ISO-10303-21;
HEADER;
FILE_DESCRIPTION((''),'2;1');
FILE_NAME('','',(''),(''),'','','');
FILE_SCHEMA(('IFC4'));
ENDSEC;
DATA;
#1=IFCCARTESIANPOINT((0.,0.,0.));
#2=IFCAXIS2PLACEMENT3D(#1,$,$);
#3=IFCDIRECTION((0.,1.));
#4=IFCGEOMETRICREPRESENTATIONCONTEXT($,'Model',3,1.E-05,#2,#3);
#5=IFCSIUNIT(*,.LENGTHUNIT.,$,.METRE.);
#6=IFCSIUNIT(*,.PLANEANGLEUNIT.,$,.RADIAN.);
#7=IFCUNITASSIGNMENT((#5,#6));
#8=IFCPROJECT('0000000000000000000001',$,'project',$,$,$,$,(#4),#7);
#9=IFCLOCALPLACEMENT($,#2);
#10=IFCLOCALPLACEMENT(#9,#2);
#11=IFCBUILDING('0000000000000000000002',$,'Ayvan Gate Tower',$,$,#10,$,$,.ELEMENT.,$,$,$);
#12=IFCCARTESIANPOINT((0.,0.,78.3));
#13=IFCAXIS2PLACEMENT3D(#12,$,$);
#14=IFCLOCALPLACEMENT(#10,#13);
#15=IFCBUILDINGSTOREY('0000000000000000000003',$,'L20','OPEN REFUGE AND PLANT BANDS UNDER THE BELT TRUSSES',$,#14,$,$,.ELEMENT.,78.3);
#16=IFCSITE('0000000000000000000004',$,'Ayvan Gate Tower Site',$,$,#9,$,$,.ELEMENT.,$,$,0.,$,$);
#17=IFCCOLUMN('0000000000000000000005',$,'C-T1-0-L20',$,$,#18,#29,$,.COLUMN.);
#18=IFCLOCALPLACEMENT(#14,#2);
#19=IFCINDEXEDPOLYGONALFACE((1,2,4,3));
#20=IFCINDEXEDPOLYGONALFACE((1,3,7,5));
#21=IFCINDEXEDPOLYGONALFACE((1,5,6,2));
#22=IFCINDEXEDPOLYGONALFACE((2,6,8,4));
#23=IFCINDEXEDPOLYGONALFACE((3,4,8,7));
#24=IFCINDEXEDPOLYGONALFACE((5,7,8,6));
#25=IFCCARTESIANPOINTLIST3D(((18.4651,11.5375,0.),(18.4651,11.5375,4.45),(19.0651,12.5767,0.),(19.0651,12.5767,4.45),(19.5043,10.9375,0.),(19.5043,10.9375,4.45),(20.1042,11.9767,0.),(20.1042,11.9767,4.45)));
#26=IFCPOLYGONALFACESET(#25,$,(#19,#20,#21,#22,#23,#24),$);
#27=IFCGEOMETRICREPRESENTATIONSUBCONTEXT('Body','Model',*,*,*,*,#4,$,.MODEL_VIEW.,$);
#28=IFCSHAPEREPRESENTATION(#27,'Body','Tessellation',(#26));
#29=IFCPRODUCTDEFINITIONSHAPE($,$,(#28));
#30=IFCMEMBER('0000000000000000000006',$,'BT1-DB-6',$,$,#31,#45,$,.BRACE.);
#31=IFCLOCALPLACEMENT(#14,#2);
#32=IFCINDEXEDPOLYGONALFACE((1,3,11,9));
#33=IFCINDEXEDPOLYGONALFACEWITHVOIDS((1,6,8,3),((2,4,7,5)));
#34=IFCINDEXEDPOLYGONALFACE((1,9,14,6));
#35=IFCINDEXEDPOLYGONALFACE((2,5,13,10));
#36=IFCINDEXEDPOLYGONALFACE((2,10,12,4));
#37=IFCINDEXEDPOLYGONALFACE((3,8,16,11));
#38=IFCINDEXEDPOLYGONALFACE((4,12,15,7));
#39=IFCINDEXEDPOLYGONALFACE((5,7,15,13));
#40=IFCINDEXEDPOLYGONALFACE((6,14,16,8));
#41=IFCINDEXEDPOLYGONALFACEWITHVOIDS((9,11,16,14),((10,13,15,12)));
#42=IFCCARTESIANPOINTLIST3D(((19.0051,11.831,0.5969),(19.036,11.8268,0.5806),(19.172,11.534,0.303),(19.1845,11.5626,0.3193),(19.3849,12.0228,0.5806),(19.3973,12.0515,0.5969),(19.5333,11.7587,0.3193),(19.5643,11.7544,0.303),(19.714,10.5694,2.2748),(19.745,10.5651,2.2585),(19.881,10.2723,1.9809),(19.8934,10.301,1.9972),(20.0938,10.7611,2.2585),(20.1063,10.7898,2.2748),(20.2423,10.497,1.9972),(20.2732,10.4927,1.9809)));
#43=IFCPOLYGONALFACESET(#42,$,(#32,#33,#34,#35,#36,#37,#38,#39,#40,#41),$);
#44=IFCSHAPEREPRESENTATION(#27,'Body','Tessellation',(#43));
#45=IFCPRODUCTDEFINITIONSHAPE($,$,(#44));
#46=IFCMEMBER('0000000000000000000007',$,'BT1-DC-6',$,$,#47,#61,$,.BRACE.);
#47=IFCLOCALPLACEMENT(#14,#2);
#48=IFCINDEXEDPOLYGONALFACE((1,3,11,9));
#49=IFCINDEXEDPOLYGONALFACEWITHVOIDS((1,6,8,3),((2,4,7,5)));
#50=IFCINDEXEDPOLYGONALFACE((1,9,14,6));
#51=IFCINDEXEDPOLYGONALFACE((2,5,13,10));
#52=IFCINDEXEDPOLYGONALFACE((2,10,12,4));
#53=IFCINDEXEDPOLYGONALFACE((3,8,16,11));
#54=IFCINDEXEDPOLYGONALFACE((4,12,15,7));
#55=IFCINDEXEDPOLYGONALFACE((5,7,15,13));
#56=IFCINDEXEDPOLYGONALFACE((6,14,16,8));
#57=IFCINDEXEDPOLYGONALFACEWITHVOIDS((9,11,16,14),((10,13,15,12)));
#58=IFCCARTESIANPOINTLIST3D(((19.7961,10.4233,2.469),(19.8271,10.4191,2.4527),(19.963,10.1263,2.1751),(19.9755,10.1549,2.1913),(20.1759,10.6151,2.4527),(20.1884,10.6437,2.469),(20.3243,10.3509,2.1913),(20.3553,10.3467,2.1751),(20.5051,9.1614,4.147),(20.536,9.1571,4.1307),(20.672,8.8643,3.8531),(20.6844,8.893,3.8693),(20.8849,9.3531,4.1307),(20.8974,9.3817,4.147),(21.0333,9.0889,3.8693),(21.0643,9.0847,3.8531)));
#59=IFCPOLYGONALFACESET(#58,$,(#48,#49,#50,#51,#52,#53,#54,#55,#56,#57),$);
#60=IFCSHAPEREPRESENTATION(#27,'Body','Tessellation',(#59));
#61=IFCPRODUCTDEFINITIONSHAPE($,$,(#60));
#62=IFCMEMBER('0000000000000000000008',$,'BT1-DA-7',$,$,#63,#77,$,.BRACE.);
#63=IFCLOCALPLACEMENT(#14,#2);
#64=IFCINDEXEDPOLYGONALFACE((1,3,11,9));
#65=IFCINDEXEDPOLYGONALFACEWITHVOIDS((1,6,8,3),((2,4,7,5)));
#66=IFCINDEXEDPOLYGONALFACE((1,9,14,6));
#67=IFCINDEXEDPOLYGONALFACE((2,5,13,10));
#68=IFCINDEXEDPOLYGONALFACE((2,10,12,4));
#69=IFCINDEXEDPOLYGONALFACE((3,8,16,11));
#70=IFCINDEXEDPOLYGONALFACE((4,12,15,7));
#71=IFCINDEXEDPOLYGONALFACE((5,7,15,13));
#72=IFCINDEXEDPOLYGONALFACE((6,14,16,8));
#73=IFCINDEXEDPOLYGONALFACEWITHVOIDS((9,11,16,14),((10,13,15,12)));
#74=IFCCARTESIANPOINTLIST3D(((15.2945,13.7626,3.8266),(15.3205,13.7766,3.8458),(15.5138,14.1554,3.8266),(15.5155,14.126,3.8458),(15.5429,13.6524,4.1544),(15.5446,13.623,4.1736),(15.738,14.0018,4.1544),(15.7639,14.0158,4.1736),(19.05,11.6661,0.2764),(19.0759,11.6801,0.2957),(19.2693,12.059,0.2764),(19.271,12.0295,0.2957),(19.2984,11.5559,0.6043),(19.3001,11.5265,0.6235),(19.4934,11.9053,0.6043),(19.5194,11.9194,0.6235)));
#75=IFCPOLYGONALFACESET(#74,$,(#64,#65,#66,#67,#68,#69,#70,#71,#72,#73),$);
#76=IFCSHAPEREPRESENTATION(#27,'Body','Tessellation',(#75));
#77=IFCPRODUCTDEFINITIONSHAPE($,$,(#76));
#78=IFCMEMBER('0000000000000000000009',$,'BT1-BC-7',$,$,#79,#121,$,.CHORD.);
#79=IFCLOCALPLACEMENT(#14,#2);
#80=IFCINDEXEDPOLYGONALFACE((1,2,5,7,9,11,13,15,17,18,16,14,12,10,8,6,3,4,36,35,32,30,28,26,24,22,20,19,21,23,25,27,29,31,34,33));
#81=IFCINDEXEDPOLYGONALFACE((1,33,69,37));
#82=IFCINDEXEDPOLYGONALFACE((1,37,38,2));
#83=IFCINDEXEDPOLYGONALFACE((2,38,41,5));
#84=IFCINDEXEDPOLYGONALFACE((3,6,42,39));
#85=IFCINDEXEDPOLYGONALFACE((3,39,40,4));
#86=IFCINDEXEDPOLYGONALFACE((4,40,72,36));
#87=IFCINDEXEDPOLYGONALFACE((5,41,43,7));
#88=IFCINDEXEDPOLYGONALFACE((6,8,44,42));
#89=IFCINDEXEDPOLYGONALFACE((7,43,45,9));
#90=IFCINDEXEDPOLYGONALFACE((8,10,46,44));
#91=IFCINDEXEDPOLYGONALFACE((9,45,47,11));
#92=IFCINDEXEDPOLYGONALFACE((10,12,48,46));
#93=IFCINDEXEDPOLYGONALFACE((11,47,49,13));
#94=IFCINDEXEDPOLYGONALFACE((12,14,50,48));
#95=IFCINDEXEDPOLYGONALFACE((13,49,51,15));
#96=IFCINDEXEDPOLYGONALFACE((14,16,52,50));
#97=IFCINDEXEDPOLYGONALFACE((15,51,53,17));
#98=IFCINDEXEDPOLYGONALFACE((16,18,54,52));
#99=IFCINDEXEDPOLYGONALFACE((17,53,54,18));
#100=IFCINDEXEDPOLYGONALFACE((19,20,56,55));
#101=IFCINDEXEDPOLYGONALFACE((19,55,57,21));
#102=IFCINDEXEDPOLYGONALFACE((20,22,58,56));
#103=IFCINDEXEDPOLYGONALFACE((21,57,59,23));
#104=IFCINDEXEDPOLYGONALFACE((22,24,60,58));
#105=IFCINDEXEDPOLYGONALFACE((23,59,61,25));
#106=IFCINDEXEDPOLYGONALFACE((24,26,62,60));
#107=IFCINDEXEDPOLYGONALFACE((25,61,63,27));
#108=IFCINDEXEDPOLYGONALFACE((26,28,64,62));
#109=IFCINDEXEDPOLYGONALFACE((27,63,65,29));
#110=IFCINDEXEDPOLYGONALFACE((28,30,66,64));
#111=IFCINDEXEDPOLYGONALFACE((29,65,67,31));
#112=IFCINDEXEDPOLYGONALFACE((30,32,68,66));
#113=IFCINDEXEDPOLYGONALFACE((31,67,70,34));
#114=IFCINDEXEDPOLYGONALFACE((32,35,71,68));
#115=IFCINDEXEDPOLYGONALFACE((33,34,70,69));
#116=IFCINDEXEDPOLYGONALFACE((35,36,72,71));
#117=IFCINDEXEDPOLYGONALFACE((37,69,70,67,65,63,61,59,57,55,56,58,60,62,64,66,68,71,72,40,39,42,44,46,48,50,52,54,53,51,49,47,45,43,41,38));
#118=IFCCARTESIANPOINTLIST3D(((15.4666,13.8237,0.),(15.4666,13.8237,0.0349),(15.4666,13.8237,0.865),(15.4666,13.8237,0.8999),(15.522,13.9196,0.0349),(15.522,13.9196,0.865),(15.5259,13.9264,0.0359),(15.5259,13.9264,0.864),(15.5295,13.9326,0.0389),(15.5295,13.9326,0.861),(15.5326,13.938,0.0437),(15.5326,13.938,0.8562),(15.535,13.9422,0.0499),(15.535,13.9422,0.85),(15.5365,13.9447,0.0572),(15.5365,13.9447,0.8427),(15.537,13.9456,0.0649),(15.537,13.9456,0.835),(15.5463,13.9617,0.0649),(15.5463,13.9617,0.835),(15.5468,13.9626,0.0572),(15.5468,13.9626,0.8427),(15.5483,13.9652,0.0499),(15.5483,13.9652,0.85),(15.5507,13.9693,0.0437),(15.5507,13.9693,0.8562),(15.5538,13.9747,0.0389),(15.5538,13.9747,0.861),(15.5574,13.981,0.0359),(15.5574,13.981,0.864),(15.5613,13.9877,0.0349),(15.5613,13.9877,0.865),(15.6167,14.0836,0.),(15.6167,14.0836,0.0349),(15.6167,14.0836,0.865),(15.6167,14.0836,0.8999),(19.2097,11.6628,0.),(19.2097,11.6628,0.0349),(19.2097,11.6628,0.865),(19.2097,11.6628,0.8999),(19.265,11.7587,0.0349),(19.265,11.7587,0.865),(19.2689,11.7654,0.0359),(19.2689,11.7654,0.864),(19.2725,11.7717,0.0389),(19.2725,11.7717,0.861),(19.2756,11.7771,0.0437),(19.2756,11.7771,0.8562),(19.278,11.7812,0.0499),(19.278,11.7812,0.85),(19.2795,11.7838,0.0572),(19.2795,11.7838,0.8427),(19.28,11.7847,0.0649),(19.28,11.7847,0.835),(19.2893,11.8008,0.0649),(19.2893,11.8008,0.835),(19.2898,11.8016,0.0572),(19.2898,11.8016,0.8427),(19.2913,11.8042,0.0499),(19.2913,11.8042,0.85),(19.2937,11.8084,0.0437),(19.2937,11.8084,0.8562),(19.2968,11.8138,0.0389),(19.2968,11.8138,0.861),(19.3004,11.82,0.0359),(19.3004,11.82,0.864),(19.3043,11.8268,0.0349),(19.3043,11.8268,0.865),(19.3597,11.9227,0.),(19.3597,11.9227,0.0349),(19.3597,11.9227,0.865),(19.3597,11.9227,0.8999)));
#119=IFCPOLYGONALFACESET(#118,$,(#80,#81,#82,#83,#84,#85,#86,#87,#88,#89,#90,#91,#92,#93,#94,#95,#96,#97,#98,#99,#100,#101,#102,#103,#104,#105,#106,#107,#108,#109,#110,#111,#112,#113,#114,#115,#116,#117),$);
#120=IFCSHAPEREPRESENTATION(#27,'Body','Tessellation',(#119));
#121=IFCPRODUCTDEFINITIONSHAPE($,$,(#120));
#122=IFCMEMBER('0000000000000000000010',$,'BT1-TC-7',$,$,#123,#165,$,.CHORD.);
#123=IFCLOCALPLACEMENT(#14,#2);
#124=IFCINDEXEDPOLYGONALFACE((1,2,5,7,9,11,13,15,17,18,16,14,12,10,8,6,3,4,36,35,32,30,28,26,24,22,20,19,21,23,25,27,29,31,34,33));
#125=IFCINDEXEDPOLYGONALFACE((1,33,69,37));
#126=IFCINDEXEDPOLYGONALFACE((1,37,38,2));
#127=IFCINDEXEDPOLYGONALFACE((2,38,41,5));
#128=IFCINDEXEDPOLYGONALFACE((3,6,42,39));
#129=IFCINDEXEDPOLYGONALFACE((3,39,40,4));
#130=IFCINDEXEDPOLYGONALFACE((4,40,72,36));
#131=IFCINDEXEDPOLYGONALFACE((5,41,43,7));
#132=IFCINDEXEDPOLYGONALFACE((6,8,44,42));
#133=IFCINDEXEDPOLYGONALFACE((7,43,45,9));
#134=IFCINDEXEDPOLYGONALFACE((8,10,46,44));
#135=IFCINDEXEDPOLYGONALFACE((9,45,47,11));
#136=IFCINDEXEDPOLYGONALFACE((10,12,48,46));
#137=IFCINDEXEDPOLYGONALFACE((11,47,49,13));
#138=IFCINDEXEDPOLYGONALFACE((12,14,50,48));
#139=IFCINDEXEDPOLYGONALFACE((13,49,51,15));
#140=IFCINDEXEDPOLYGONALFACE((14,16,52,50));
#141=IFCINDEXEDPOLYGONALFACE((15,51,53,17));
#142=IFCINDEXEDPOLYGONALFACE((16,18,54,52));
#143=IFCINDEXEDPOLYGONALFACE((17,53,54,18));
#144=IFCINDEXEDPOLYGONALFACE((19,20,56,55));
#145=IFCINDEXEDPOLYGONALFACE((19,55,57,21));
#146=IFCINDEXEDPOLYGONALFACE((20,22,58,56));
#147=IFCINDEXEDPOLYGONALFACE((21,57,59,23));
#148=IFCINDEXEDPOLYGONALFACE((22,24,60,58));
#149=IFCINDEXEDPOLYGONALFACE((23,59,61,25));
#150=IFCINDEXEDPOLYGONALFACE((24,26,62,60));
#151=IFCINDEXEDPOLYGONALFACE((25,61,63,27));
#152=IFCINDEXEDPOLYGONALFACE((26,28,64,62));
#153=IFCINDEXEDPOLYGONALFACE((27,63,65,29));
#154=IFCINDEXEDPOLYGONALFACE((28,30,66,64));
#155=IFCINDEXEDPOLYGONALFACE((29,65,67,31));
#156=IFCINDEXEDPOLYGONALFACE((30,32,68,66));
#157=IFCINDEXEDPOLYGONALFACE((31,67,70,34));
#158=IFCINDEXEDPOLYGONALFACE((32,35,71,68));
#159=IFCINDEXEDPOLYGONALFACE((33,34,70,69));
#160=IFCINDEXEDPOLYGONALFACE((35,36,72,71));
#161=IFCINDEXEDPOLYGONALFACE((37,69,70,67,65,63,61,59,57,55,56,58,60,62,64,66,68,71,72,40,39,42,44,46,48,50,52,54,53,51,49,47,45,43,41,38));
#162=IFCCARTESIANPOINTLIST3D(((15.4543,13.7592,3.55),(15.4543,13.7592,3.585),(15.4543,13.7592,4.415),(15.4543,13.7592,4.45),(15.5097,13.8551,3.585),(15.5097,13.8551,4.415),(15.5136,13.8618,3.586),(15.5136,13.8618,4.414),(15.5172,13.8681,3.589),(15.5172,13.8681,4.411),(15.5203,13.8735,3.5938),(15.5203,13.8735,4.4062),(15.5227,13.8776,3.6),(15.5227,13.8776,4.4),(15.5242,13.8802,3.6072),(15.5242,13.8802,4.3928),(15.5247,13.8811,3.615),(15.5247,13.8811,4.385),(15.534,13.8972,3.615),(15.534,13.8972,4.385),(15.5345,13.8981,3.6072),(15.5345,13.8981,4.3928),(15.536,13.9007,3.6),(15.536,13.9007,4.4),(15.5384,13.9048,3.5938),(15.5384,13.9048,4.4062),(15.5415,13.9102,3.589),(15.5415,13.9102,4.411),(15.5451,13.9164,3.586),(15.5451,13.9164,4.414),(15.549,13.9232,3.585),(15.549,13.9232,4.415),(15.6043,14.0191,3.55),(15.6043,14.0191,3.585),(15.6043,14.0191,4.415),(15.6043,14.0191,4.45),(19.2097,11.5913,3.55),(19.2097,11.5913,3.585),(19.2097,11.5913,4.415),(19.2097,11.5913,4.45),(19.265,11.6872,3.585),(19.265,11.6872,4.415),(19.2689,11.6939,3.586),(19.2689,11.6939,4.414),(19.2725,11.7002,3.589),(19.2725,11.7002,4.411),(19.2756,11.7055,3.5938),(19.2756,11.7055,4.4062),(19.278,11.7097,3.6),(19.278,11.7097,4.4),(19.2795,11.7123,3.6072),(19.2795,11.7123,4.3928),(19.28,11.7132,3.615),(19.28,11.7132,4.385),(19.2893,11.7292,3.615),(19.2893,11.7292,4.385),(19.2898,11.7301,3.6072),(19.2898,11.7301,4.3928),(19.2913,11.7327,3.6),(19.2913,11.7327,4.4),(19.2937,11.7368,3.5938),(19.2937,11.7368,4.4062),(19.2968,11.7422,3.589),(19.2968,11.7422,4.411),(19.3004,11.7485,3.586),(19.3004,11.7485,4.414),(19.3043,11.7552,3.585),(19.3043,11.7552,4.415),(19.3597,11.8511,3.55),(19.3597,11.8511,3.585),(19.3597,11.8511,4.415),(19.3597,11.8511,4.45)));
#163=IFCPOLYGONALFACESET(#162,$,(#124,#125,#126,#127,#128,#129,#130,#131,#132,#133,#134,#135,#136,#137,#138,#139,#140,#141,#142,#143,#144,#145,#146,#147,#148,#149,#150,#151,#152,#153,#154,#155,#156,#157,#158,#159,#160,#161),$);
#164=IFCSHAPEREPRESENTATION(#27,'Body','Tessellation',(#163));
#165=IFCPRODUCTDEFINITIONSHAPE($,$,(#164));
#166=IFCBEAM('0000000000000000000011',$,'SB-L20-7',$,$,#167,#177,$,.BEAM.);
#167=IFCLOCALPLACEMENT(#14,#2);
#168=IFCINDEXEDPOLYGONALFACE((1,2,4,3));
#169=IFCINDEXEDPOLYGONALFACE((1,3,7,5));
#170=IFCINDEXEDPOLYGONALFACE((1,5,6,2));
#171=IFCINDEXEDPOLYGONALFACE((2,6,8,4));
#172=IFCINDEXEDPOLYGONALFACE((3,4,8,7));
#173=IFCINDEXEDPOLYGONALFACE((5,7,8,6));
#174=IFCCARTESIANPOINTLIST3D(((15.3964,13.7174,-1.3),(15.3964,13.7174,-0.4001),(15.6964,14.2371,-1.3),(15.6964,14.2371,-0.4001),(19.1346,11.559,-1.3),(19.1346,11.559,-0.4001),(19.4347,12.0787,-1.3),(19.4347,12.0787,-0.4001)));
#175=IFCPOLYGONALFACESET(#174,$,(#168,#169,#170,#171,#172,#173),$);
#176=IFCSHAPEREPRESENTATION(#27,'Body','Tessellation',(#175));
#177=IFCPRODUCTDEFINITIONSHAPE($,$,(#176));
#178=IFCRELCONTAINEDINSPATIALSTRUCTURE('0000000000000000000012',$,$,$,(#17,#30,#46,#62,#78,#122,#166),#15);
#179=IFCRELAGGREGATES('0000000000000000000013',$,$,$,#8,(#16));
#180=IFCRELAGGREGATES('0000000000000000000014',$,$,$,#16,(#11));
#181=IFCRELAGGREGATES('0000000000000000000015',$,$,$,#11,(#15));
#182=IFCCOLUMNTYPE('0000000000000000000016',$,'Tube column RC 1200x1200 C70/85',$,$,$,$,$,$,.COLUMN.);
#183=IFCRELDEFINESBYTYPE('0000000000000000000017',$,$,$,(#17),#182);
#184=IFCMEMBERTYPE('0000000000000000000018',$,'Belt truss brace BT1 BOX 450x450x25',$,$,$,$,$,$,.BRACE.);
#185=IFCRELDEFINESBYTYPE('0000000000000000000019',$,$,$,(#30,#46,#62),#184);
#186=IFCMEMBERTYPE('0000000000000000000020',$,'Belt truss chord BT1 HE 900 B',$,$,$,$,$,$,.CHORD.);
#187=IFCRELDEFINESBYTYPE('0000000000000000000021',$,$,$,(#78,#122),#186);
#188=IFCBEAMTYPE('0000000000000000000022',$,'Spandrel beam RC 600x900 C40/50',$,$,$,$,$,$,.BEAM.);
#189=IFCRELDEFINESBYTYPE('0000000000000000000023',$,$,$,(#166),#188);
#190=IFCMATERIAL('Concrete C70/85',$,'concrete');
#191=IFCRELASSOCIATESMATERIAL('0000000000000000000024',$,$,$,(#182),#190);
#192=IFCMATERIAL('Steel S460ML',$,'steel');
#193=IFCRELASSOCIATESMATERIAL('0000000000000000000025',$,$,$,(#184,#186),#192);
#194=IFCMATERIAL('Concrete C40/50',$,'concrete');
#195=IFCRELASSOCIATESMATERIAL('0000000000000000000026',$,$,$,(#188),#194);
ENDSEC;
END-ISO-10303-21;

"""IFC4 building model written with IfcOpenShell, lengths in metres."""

from ifc_helpers import new_model, si_unit, direction, frame, origin, origin_2d, place, context, subcontext, project, spatial, rectangle, hollow_rectangle, i_section, extrude, material, material_profile, profile_set, type_object, element, save


model = new_model("IFC4")

# Units and contexts
model_context = context("Model", 3, precision=1e-05, world=origin(), true_north=direction((0.0, 1.0)))
body_context = subcontext(model_context, "Body", "Model", "MODEL_VIEW")
ifc_project = project(units=[si_unit("LENGTHUNIT", "METRE"), si_unit("PLANEANGLEUNIT", "RADIAN")], contexts=[model_context])

# Site, building, storey
site_placement = place(None, origin())
site = spatial("IfcSite", under=ifc_project, at=site_placement, Name="Ayvan Gate Tower Site", CompositionType="ELEMENT", RefElevation=0.0)
building_placement = place(site_placement, origin())
building = spatial("IfcBuilding", under=site, at=building_placement, Name="Ayvan Gate Tower", CompositionType="ELEMENT")
storey_placement = place(building_placement, frame((0.0, 0.0, 78.3)))
storey = spatial("IfcBuildingStorey", under=building, at=storey_placement, Name="L20", Description="OPEN REFUGE AND PLANT BANDS UNDER THE BELT TRUSSES", CompositionType="ELEMENT", Elevation=78.3)

# Column
ifc_material_1 = material(Name="Concrete C70/85", Category="concrete")
ifc_material_profile_1 = material_profile(ifc_material_1, rectangle(XDim=1.2, YDim=1.2, at=origin_2d()), Name="RC 1200x1200")
ifc_profile_set_1 = profile_set([ifc_material_profile_1], Name="Concrete C70/85")
column_type = type_object("IfcColumnType", Name="Tube column RC 1200x1200 C70/85", PredefinedType="COLUMN", material=ifc_profile_set_1)
column_placement = place(storey_placement, frame((19.2847, 11.7571, 0.0), z_axis=(0.0, 0.0, 1.0), x_axis=(0.5, 0.866025, 0.0)))
element("IfcColumn", 1, at=column_placement, inside=storey, type_object=column_type, Name="C-T1-0-L20", PredefinedType="COLUMN", context=body_context, shape_type="SweptSolid", body=[
    extrude(rectangle(XDim=1.2, YDim=1.2, at=origin_2d()), origin(), (0.0, 0.0, 1.0), 4.45),
])

# Members
ifc_material_2 = material(Name="Steel S460ML", Category="steel")
ifc_material_profile_2 = material_profile(ifc_material_2, hollow_rectangle(XDim=0.45, YDim=0.45, WallThickness=0.0249, at=origin_2d()), Name="BOX 450x450x25")
ifc_profile_set_2 = profile_set([ifc_material_profile_2], Name="Steel S460ML")
member_type_1 = type_object("IfcMemberType", Name="Belt truss brace BT1 BOX 450x450x25", PredefinedType="BRACE", material=ifc_profile_set_2)
member_1_placement = place(storey_placement, frame((19.2847, 11.7927, 0.45), z_axis=(0.319953, -0.569394, 0.757245), x_axis=(0.871792, 0.489877, 0.0)))
element("IfcMember", 2, at=member_1_placement, inside=storey, type_object=member_type_1, Name="BT1-DB-6", PredefinedType="BRACE", context=body_context, shape_type="SweptSolid", body=[
    extrude(hollow_rectangle(XDim=0.45, YDim=0.45, WallThickness=0.0249, at=origin_2d()), origin(), (0.0, 0.0, 1.0), 2.2158),
])
member_2_placement = place(storey_placement, frame((20.0757, 10.385, 2.322), z_axis=(0.319933, -0.569468, 0.757198), x_axis=(0.871832, 0.489805, 0.0)))
element("IfcMember", 3, at=member_2_placement, inside=storey, type_object=member_type_1, Name="BT1-DC-6", PredefinedType="BRACE", context=body_context, shape_type="SweptSolid", body=[
    extrude(hollow_rectangle(XDim=0.45, YDim=0.45, WallThickness=0.0249, at=origin_2d()), origin(), (0.0, 0.0, 1.0), 2.2161),
])
member_3_placement = place(storey_placement, frame((19.2847, 11.7927, 0.45), z_axis=(-0.673392, 0.375921, 0.636575), x_axis=(-0.48744, -0.873157, 0.0)))
element("IfcMember", 4, at=member_3_placement, inside=storey, type_object=member_type_1, Name="BT1-DA-7", PredefinedType="BRACE", context=body_context, shape_type="SweptSolid", body=[
    extrude(hollow_rectangle(XDim=0.45, YDim=0.45, WallThickness=0.0249, at=origin_2d()), origin(), (0.0, 0.0, 1.0), 5.5769),
])
ifc_material_profile_3 = material_profile(ifc_material_2, i_section(OverallWidth=0.3, OverallDepth=0.8999, WebThickness=0.0186, FlangeThickness=0.0349, FilletRadius=0.03, at=origin_2d()), Name="HE 900 B")
ifc_profile_set_3 = profile_set([ifc_material_profile_3], Name="Steel S460ML")
member_type_2 = type_object("IfcMemberType", Name="Belt truss chord BT1 HE 900 B", PredefinedType="CHORD", material=ifc_profile_set_3)
member_4_placement = place(storey_placement, frame((19.2847, 11.7927, 0.45), z_axis=(-0.866034, 0.499985, 0.0), x_axis=(-0.499985, -0.866034, 0.0)))
element("IfcMember", 5, at=member_4_placement, inside=storey, type_object=member_type_2, Name="BT1-BC-7", PredefinedType="CHORD", context=body_context, shape_type="SweptSolid", body=[
    extrude(i_section(OverallWidth=0.3, OverallDepth=0.8999, WebThickness=0.0186, FlangeThickness=0.0349, FilletRadius=0.03, at=origin_2d()), origin(), (0.0, 0.0, 1.0), 4.322),
])
member_5_placement = place(storey_placement, frame((19.2847, 11.7212, 4.0), z_axis=(-0.866045, 0.499966, 0.0), x_axis=(-0.499966, -0.866045, 0.0)))
element("IfcMember", 6, at=member_5_placement, inside=storey, type_object=member_type_2, Name="BT1-TC-7", PredefinedType="CHORD", context=body_context, shape_type="SweptSolid", body=[
    extrude(i_section(OverallWidth=0.3, OverallDepth=0.8999, WebThickness=0.0186, FlangeThickness=0.0349, FilletRadius=0.03, at=origin_2d()), origin(), (0.0, 0.0, 1.0), 4.3362),
])

# Beam
ifc_material_3 = material(Name="Concrete C40/50", Category="concrete")
ifc_material_profile_4 = material_profile(ifc_material_3, rectangle(XDim=0.6001, YDim=0.8999, at=origin_2d()), Name="RC 600x900")
ifc_profile_set_4 = profile_set([ifc_material_profile_4], Name="Concrete C40/50")
beam_type_1 = type_object("IfcBeamType", Name="Spandrel beam RC 600x900 C40/50", PredefinedType="BEAM", material=ifc_profile_set_4)
beam_1_placement = place(storey_placement, frame((19.2847, 11.8188, -0.8501), z_axis=(-0.86601, 0.500026, 0.0), x_axis=(-0.500026, -0.86601, 0.0)))
element("IfcBeam", 7, at=beam_1_placement, inside=storey, type_object=beam_type_1, Name="SB-L20-7", PredefinedType="BEAM", context=body_context, shape_type="SweptSolid", body=[
    extrude(rectangle(XDim=0.6001, YDim=0.8999, at=origin_2d()), origin(), (0.0, 0.0, 1.0), 4.3167),
])

save(model, "model.ifc")
